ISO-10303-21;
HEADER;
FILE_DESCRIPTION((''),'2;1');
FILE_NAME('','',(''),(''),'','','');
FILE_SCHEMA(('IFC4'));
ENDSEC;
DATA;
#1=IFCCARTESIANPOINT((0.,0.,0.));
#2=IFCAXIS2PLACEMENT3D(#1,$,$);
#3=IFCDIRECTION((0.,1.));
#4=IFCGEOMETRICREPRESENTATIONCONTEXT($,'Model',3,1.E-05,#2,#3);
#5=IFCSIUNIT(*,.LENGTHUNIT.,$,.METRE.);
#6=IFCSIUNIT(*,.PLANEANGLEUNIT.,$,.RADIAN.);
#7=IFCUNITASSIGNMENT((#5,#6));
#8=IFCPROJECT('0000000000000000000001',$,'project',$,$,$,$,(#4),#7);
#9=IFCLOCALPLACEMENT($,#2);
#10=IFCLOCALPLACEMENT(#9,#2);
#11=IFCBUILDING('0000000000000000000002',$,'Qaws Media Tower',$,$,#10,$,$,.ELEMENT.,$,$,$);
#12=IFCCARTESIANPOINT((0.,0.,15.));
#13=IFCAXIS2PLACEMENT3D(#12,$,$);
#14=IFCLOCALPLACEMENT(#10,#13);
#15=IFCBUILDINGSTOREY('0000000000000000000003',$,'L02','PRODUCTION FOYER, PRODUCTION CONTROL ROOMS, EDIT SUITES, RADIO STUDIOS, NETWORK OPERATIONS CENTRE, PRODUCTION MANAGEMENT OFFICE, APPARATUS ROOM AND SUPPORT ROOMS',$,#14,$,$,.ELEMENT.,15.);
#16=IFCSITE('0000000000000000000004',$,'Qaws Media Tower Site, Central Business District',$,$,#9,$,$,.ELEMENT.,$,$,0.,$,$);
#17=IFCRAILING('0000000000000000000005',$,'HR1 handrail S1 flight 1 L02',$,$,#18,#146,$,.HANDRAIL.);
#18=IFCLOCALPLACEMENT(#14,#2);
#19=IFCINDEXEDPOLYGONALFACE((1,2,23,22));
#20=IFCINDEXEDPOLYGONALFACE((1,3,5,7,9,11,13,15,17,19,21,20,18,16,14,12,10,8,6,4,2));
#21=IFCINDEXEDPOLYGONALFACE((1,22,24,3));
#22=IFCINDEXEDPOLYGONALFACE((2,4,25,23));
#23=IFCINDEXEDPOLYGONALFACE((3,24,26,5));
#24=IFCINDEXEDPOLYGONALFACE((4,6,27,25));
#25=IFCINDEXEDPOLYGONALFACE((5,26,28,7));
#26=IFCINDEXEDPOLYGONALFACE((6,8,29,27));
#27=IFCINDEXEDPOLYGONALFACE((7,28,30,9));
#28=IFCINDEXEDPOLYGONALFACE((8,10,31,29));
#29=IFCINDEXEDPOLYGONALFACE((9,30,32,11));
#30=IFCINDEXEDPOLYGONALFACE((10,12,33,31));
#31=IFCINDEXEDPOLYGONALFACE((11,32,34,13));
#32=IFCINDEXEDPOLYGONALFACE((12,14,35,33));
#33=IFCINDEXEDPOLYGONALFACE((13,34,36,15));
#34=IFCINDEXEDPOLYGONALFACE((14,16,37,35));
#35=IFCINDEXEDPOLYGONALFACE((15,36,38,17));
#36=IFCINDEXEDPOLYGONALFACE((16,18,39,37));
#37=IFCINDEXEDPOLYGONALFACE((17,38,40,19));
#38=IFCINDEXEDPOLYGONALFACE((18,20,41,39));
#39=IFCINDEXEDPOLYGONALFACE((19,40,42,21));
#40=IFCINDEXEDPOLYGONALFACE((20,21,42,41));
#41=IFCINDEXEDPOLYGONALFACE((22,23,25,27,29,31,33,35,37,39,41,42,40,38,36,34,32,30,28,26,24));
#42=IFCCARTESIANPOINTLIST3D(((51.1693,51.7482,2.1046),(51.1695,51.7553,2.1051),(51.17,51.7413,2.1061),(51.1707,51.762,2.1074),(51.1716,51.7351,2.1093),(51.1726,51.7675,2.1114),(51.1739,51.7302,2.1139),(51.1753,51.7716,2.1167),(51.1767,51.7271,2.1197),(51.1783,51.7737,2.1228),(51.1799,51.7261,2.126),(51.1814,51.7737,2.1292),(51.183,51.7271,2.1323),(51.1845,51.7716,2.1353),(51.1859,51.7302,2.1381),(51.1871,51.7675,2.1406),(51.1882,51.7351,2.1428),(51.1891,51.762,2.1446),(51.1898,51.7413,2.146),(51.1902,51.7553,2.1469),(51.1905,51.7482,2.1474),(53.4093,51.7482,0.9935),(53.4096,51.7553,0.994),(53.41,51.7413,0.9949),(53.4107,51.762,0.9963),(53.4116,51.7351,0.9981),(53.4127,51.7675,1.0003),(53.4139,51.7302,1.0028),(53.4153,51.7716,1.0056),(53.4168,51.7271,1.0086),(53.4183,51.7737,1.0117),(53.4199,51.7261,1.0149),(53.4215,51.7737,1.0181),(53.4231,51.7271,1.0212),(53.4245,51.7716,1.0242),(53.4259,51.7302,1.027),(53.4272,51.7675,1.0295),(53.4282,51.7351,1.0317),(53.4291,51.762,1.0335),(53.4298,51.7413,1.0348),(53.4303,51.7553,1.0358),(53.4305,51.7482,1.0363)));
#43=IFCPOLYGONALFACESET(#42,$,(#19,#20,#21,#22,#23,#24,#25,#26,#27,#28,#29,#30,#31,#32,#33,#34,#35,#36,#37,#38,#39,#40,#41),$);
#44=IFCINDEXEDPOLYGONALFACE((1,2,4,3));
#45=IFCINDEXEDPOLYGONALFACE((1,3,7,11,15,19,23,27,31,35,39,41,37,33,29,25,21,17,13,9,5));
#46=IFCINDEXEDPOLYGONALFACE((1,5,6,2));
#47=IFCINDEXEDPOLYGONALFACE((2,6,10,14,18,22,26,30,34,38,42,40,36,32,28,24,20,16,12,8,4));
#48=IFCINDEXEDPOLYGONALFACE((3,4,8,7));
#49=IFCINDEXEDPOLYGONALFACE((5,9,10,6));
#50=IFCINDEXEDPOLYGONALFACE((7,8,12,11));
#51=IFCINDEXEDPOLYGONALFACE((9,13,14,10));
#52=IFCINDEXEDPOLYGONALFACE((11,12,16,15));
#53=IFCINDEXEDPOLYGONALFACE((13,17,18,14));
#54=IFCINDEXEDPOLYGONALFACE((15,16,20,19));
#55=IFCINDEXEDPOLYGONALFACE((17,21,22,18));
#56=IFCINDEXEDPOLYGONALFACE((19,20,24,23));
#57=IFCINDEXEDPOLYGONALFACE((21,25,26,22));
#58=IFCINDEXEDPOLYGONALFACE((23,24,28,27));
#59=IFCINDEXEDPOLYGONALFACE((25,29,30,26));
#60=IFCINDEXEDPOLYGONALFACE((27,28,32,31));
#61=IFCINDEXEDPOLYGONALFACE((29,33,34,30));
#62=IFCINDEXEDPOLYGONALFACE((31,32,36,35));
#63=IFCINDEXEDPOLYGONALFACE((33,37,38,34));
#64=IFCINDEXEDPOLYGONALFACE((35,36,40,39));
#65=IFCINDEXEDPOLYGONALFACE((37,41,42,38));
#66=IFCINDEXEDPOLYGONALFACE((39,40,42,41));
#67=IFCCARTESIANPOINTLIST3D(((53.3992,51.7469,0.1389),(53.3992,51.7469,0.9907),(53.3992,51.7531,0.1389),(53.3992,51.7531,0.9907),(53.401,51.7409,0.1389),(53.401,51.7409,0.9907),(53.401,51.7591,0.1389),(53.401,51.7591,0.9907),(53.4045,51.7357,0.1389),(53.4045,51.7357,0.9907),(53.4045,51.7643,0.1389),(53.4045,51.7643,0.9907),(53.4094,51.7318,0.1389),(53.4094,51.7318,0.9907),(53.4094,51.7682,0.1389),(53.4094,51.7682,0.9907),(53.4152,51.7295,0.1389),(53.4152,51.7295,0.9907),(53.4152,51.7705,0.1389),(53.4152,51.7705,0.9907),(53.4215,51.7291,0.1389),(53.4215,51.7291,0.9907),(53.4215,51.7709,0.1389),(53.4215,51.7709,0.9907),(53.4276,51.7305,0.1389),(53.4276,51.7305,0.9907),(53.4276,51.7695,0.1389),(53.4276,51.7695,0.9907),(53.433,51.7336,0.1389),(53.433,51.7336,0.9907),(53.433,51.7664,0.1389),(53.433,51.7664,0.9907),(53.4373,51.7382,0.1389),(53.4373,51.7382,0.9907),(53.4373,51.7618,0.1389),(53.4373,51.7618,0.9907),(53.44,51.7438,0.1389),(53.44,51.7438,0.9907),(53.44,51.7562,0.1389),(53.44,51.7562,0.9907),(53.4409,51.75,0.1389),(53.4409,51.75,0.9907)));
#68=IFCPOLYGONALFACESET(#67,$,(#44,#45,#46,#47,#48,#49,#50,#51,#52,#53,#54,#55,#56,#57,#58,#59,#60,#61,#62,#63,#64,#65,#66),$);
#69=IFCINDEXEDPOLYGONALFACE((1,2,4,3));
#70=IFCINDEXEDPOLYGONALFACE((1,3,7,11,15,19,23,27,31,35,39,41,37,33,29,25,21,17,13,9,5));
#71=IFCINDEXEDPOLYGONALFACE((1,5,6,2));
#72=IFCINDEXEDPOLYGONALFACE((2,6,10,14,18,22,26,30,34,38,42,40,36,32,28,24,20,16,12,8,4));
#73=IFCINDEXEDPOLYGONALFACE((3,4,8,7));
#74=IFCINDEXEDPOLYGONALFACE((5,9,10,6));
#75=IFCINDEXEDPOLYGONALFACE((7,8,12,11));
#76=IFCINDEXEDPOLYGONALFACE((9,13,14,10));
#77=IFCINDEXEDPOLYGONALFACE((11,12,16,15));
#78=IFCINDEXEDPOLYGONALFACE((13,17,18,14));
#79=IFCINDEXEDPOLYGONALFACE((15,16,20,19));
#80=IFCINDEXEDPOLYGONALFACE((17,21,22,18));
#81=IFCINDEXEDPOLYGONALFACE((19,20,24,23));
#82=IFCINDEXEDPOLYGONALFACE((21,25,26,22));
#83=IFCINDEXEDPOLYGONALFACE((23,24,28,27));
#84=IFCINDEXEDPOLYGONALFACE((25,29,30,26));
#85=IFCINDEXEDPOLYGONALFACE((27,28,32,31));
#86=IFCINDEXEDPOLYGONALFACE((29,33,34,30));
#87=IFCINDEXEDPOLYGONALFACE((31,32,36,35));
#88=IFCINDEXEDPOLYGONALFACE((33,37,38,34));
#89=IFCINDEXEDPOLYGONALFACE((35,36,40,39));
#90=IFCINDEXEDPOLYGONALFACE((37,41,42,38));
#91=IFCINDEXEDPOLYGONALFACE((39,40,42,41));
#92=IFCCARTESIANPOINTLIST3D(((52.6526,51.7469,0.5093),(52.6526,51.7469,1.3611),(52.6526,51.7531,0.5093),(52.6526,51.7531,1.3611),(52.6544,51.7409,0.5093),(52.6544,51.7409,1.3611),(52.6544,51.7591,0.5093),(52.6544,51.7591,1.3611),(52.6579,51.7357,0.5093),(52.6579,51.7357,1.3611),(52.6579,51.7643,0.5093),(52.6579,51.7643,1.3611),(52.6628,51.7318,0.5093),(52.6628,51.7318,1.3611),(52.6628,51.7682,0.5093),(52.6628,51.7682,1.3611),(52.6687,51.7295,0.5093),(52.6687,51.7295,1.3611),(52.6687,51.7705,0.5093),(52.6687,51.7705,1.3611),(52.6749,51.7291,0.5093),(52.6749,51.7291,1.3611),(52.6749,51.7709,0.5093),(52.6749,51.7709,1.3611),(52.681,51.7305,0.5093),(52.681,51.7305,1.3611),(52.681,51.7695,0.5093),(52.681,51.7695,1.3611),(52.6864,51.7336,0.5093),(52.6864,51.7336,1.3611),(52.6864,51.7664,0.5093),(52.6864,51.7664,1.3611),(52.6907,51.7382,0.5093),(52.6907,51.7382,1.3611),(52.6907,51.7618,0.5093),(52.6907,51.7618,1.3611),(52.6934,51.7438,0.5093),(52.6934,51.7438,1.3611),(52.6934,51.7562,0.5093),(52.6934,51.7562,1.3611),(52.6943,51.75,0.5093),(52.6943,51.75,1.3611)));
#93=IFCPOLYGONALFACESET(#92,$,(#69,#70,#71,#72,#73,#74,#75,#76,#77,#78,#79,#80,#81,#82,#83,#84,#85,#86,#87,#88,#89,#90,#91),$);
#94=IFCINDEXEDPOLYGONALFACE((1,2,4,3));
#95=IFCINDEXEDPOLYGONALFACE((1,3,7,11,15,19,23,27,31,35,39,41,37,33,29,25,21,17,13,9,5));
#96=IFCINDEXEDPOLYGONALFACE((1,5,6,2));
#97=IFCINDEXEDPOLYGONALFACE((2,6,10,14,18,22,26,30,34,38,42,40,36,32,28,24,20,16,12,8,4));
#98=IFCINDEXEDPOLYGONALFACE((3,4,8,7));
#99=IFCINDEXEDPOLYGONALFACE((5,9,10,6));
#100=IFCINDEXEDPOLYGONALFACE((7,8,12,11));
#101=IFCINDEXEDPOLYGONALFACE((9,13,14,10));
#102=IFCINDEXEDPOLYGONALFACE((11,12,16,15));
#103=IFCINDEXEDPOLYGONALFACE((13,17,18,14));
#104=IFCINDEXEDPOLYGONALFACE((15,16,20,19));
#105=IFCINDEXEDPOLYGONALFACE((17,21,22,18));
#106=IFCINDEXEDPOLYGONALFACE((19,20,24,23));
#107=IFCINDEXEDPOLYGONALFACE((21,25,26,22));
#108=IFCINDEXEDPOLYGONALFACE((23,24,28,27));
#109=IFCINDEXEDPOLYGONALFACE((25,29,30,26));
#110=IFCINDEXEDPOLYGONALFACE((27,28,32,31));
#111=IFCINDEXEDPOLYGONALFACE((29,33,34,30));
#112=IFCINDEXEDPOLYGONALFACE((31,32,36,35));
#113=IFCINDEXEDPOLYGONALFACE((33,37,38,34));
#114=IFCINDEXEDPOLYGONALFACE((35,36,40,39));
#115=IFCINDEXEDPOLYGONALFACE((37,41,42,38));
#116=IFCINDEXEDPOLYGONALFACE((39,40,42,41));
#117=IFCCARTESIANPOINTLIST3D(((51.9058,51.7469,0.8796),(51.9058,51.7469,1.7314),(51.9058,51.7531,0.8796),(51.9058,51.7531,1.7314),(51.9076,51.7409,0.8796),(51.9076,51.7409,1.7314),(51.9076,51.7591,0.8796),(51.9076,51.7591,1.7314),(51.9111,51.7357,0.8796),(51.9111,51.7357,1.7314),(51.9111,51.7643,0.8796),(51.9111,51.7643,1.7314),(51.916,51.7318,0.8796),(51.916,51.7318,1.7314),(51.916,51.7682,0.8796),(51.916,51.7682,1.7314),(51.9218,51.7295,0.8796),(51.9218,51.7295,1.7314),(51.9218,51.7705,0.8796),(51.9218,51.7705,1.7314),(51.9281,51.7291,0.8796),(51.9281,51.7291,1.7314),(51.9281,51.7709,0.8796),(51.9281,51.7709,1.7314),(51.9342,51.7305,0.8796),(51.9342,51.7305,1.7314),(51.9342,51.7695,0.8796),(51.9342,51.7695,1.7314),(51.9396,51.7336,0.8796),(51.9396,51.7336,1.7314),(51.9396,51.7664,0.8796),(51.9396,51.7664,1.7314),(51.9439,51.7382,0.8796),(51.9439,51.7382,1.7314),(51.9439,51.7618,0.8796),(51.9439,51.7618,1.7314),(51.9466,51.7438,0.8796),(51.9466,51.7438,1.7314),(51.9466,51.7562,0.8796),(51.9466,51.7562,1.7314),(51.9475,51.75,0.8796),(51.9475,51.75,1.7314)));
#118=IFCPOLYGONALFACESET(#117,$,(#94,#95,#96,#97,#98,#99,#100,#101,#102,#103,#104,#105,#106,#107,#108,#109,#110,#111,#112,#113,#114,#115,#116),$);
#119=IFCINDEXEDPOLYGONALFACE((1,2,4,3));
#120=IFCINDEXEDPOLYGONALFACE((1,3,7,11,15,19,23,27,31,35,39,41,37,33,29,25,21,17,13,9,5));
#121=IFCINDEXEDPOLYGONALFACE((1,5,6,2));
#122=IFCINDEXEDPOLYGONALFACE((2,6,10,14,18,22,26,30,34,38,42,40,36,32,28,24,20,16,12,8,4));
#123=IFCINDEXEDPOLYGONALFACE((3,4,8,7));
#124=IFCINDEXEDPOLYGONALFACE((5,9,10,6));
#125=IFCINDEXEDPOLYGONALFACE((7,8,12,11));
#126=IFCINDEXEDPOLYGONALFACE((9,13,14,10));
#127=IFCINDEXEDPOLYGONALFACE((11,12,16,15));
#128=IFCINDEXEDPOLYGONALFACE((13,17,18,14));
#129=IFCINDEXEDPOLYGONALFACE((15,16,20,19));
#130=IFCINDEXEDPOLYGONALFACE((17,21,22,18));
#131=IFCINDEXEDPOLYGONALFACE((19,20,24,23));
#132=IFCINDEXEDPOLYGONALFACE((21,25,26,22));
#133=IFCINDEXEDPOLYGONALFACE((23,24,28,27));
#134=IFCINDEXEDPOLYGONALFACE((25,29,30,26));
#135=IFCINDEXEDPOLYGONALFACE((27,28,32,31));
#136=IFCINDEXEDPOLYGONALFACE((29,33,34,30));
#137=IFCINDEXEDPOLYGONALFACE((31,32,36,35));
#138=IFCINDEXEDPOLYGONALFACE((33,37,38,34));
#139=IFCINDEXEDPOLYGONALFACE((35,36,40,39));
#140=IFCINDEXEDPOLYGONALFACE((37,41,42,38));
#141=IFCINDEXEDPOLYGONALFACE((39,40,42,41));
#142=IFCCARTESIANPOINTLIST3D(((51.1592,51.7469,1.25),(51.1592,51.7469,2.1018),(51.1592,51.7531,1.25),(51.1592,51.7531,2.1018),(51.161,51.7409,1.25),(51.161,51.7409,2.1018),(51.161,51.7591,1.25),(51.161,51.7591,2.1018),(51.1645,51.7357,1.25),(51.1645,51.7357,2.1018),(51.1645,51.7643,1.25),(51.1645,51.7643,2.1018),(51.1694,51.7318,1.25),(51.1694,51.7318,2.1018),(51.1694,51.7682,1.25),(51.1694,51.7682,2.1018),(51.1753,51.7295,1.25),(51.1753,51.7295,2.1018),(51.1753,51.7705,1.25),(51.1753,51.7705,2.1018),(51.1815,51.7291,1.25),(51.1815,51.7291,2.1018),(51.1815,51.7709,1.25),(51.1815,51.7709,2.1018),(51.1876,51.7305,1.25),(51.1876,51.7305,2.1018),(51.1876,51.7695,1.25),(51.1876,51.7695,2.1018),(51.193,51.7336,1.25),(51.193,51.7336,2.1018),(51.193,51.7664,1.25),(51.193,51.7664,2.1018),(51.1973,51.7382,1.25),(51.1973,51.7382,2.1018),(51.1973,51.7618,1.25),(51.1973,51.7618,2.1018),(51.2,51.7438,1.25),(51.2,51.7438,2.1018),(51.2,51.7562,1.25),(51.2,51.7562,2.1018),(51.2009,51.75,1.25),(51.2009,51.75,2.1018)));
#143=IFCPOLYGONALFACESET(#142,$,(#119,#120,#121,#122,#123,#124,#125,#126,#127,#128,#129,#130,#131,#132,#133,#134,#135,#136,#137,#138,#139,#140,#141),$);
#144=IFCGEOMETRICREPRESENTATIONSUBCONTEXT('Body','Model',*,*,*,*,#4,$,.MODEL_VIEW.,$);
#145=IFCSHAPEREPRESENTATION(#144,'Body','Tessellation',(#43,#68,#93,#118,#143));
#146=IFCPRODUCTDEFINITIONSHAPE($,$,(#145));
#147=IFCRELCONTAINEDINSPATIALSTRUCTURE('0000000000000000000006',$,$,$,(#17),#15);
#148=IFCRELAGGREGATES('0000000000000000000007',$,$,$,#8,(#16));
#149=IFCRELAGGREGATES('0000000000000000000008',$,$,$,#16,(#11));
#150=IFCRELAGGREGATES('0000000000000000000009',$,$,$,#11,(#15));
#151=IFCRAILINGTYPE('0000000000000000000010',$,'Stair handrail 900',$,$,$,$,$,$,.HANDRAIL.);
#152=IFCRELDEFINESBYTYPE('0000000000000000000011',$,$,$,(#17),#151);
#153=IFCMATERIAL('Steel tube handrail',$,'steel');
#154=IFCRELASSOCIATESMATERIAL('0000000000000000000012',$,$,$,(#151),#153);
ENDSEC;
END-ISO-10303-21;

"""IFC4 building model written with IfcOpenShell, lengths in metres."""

from ifc_helpers import new_model, si_unit, direction, frame, origin, origin_2d, place, context, subcontext, project, spatial, circle, extrude, material, type_object, element, save


model = new_model("IFC4")

# Units and contexts
model_context = context("Model", 3, precision=1e-05, world=origin(), true_north=direction((0.0, 1.0)))
body_context = subcontext(model_context, "Body", "Model", "MODEL_VIEW")
ifc_project = project(units=[si_unit("LENGTHUNIT", "METRE"), si_unit("PLANEANGLEUNIT", "RADIAN")], contexts=[model_context])

# Site, building, storey
site_placement = place(None, origin())
site = spatial("IfcSite", under=ifc_project, at=site_placement, Name="Qaws Media Tower Site, Central Business District", CompositionType="ELEMENT", RefElevation=0.0)
building_placement = place(site_placement, origin())
building = spatial("IfcBuilding", under=site, at=building_placement, Name="Qaws Media Tower", CompositionType="ELEMENT")
storey_placement = place(building_placement, frame((0.0, 0.0, 15.0)))
storey = spatial("IfcBuildingStorey", under=building, at=storey_placement, Name="L02", Description="PRODUCTION FOYER, PRODUCTION CONTROL ROOMS, EDIT SUITES, RADIO STUDIOS, NETWORK OPERATIONS CENTRE, PRODUCTION MANAGEMENT OFFICE, APPARATUS ROOM AND SUPPORT ROOMS", CompositionType="ELEMENT", Elevation=15.0)

# Railing
ifc_material_1 = material(Name="Steel tube handrail", Category="steel")
railing_type = type_object("IfcRailingType", Name="Stair handrail 900", PredefinedType="HANDRAIL", material=ifc_material_1)
for number, where, name in (
    (1, (53.4199, 51.75, 0.1389), "HR1 handrail S1 flight 1 L02"),
):
    element("IfcRailing", number, at=place(storey_placement, frame(where)), inside=storey, type_object=railing_type, Name=name, PredefinedType="HANDRAIL", context=body_context, shape_type="SweptSolid", body=[
        extrude(circle(Radius=0.0239, at=origin_2d()), frame((0.0, 0.0, 0.876), z_axis=(-0.895848, 0.0, 0.44436), x_axis=(0.0, -1.0, 0.0)), (0.0, 0.0, 1.0), 2.5005),
        extrude(circle(Radius=0.021, at=origin_2d()), origin(), (0.0, 0.0, 1.0), 0.8518),
        extrude(circle(Radius=0.021, at=origin_2d()), frame((-0.7466, 0.0, 0.3704)), (0.0, 0.0, 1.0), 0.8518),
        extrude(circle(Radius=0.021, at=origin_2d()), frame((-1.4934, 0.0, 0.7407)), (0.0, 0.0, 1.0), 0.8518),
        extrude(circle(Radius=0.021, at=origin_2d()), frame((-2.24, 0.0, 1.1111)), (0.0, 0.0, 1.0), 0.8518),
    ])

save(model, "model.ifc")
